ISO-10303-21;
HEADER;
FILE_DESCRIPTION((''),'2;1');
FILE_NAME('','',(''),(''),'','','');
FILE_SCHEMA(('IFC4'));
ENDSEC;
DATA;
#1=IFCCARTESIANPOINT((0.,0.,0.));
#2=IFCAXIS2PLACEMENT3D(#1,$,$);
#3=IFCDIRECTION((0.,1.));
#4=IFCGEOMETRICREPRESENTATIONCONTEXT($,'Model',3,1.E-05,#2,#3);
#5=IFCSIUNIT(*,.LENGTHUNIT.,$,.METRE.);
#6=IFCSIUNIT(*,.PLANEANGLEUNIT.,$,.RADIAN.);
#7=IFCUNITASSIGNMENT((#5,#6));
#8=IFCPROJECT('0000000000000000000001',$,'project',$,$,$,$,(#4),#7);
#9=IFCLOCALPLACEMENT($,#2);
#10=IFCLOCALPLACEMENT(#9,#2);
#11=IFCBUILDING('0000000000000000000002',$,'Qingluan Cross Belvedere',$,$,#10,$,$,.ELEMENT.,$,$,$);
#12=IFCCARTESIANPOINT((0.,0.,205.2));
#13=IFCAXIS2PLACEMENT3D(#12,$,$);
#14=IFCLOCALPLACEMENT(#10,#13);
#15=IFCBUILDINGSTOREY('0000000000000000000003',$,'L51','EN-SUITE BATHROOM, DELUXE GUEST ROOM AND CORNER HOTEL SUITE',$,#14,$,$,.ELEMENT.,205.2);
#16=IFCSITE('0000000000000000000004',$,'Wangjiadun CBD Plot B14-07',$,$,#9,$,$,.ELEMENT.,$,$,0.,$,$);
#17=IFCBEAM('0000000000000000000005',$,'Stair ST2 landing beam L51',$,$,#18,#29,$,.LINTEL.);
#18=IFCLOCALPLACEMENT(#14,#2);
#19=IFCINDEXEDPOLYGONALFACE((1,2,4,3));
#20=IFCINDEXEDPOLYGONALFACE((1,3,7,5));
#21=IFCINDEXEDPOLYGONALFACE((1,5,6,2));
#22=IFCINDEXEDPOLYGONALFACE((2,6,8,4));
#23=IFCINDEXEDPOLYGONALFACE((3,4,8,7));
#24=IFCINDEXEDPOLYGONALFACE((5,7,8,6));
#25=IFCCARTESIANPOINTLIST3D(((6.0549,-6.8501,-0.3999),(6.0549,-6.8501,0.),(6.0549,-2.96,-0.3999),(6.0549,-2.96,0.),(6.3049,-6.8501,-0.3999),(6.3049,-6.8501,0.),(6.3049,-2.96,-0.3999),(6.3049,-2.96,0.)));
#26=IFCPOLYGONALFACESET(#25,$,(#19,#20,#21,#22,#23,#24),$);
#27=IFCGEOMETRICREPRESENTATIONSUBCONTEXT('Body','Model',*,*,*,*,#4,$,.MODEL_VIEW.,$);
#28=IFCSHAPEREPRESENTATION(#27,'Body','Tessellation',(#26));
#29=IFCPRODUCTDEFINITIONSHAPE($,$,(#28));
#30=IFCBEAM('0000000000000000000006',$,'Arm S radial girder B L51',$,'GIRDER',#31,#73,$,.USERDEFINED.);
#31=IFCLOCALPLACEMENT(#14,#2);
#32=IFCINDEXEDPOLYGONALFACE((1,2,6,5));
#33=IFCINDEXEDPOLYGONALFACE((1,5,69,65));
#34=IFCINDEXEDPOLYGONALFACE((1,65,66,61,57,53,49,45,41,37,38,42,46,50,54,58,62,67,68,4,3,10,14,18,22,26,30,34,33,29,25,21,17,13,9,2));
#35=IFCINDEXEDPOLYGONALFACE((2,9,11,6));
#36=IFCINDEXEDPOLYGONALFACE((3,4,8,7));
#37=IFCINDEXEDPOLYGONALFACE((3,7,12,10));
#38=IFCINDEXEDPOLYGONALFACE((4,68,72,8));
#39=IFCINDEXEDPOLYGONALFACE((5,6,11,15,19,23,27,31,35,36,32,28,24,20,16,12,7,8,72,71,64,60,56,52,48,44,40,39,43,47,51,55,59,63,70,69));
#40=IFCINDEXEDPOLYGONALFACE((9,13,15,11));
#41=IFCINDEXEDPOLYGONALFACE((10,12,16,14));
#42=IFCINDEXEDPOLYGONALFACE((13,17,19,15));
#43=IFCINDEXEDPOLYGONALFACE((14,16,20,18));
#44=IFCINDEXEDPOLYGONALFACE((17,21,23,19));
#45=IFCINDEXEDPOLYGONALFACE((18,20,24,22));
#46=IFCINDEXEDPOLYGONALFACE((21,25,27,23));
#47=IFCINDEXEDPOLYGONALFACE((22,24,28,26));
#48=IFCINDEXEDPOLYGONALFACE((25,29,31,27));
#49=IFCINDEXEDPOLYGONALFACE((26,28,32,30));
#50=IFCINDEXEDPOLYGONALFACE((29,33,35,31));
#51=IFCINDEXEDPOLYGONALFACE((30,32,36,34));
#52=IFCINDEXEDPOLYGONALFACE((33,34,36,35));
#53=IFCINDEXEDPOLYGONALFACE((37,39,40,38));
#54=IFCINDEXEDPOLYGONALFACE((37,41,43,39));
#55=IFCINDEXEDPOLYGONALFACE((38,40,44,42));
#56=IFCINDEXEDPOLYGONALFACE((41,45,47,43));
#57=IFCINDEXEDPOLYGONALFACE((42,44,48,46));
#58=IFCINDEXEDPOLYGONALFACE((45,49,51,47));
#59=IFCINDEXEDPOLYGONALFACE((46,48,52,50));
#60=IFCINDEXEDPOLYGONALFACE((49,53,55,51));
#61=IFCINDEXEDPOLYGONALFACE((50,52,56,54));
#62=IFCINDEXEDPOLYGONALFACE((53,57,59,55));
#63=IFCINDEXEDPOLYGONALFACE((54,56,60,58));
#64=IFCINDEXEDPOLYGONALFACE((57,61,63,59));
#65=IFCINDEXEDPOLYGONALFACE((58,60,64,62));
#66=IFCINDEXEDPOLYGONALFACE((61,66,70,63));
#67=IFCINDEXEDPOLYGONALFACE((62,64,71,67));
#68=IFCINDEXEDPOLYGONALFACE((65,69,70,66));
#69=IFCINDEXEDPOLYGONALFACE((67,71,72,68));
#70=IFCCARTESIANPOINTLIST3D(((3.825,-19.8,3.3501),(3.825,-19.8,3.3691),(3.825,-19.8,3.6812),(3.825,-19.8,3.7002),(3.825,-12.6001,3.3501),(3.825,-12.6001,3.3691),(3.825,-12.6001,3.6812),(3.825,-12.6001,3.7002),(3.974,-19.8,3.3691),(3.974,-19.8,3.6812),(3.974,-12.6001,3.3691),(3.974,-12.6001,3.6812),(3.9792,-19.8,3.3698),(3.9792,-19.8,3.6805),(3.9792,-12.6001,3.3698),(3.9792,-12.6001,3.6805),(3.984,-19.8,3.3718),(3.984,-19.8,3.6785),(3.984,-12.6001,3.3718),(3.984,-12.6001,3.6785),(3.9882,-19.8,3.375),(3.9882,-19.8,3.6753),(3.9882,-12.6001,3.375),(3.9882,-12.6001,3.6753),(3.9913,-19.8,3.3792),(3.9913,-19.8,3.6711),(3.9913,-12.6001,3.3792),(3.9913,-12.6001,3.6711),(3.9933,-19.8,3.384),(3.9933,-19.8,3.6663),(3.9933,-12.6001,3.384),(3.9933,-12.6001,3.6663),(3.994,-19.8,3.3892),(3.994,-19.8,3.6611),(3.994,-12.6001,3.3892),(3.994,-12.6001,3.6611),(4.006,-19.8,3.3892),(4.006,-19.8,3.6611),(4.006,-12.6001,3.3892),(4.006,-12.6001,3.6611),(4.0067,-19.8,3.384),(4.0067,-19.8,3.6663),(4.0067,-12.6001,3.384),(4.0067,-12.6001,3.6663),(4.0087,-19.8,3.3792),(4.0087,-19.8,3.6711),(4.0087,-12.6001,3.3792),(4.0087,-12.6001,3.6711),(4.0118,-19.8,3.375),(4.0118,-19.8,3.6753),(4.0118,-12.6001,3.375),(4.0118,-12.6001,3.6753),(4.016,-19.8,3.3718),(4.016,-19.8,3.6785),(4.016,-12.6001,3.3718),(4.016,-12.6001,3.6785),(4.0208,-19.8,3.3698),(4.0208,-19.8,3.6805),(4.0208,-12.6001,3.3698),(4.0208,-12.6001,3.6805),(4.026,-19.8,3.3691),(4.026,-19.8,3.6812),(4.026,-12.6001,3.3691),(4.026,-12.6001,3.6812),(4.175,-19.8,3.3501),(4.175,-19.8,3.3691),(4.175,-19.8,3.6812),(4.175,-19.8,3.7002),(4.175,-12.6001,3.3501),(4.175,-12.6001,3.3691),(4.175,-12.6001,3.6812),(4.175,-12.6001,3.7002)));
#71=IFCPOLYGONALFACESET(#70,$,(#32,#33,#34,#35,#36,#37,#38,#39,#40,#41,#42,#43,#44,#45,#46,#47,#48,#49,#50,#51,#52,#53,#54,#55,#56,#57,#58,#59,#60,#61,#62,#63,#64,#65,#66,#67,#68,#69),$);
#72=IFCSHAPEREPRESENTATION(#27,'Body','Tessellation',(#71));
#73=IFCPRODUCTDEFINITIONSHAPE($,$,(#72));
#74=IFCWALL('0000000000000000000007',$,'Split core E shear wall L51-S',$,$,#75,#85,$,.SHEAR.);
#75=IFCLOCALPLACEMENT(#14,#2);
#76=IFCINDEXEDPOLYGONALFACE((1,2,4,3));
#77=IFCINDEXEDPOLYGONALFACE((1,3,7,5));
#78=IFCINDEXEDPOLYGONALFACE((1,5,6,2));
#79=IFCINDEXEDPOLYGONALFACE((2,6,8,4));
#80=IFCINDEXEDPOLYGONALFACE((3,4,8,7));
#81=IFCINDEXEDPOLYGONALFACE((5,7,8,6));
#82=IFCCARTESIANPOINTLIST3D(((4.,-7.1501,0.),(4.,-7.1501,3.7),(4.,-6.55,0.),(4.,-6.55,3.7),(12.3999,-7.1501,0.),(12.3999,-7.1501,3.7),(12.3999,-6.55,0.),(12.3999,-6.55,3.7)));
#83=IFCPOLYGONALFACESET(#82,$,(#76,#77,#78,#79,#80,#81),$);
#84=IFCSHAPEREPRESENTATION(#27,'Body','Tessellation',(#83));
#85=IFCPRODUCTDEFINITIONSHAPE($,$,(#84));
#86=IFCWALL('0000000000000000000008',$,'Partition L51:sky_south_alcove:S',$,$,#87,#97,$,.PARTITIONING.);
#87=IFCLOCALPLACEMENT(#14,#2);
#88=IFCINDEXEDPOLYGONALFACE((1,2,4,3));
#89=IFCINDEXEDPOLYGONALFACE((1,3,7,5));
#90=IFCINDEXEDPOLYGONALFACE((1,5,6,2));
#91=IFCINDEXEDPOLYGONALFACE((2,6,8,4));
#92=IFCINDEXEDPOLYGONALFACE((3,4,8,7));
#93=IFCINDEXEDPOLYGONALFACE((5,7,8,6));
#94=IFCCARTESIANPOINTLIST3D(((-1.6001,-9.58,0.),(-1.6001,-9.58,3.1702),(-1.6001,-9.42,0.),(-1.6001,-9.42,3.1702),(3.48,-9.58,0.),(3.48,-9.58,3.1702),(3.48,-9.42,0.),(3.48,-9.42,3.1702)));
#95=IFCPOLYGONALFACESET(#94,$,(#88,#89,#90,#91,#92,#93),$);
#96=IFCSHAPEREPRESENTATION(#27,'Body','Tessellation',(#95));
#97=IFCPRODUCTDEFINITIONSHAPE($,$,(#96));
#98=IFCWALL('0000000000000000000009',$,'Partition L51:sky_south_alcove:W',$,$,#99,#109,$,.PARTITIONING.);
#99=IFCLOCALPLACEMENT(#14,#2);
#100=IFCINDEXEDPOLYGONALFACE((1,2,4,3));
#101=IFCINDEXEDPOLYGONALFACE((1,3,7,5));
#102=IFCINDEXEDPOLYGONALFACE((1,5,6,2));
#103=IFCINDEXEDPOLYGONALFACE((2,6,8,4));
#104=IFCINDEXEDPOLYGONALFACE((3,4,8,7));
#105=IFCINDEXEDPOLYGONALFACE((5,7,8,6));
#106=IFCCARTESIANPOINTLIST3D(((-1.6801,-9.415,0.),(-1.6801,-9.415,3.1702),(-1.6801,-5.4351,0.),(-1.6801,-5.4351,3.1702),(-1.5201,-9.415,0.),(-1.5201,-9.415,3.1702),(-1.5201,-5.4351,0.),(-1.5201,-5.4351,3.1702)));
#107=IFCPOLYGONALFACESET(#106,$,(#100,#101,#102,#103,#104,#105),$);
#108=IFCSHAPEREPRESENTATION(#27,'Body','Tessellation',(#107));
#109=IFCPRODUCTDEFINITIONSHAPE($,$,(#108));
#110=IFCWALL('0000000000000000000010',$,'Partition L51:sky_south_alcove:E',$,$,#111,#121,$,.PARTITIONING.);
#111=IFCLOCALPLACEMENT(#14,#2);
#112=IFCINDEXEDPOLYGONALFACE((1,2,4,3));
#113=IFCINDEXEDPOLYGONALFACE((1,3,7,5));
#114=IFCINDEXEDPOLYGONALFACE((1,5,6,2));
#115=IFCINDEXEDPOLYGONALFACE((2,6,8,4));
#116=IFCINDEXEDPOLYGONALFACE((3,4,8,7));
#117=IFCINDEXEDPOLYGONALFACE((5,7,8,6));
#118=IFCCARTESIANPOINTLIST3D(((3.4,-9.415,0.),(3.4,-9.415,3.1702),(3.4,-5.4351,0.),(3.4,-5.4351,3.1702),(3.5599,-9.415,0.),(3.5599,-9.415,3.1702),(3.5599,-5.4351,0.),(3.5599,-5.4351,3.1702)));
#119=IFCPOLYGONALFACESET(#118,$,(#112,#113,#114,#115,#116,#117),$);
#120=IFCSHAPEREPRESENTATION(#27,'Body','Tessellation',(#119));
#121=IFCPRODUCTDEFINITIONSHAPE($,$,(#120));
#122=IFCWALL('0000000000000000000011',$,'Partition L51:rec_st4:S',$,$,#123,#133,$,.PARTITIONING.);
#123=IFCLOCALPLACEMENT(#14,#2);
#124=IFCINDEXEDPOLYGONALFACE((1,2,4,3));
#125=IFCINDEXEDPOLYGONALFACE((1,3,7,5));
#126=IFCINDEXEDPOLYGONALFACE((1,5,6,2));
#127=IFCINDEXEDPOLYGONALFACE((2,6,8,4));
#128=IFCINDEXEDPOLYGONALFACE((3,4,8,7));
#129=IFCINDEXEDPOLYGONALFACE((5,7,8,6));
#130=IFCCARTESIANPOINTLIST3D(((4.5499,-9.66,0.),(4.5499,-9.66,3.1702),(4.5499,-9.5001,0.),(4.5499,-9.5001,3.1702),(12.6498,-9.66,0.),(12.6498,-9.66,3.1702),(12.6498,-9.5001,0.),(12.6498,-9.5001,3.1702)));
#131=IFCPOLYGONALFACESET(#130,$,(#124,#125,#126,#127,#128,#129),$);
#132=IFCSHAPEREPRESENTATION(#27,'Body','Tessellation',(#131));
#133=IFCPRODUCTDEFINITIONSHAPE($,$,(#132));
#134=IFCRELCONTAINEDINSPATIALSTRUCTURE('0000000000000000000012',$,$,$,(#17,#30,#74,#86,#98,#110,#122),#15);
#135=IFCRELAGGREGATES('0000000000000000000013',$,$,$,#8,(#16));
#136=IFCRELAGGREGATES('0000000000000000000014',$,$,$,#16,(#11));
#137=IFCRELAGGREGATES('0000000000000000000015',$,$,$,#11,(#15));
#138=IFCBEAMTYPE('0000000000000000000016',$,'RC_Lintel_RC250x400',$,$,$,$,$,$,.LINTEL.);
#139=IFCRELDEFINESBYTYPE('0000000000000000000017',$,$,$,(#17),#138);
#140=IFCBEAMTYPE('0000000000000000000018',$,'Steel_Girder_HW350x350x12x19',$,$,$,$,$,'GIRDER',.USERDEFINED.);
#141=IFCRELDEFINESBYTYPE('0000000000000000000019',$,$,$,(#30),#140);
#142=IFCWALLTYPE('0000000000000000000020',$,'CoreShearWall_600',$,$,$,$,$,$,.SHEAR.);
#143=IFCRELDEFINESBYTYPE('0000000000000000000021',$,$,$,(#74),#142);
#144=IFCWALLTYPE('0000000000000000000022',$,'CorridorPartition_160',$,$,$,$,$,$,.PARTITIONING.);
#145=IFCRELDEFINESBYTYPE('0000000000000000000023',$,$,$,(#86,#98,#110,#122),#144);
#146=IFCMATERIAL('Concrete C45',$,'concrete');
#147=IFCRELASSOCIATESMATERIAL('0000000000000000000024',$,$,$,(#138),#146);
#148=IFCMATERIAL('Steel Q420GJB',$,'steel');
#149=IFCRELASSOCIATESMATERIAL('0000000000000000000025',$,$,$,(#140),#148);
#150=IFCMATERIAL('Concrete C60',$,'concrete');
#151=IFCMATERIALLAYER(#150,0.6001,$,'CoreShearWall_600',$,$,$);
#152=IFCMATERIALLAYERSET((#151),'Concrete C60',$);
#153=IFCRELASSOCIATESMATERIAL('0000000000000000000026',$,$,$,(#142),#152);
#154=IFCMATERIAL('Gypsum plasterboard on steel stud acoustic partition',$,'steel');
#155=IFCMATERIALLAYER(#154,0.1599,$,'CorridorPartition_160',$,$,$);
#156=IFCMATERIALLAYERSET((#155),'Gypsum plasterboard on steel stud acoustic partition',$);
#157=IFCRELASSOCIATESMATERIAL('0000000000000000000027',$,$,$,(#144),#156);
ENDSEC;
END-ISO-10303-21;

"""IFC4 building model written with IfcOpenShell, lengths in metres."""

from ifc_helpers import new_model, si_unit, direction, frame, frame_2d, origin, origin_2d, place, context, subcontext, project, spatial, rectangle, i_section, extrude, material, layer, layer_set, material_profile, profile_set, type_object, element, save


model = new_model("IFC4")

# Units and contexts
model_context = context("Model", 3, precision=1e-05, world=origin(), true_north=direction((0.0, 1.0)))
body_context = subcontext(model_context, "Body", "Model", "MODEL_VIEW")
ifc_project = project(units=[si_unit("LENGTHUNIT", "METRE"), si_unit("PLANEANGLEUNIT", "RADIAN")], contexts=[model_context])

# Site, building, storey
site_placement = place(None, origin())
site = spatial("IfcSite", under=ifc_project, at=site_placement, Name="Wangjiadun CBD Plot B14-07", CompositionType="ELEMENT", RefElevation=0.0)
building_placement = place(site_placement, origin())
building = spatial("IfcBuilding", under=site, at=building_placement, Name="Qingluan Cross Belvedere", CompositionType="ELEMENT")
storey_placement = place(building_placement, frame((0.0, 0.0, 205.2)))
storey = spatial("IfcBuildingStorey", under=building, at=storey_placement, Name="L51", Description="EN-SUITE BATHROOM, DELUXE GUEST ROOM AND CORNER HOTEL SUITE", CompositionType="ELEMENT", Elevation=205.2)

# Beams
ifc_material_1 = material(Name="Concrete C45", Category="concrete")
ifc_material_profile_1 = material_profile(ifc_material_1, rectangle(XDim=0.25, YDim=0.3999, at=origin_2d()), Name="RC250x400")
ifc_profile_set_1 = profile_set([ifc_material_profile_1], Name="Concrete C45")
beam_type_1 = type_object("IfcBeamType", Name="RC_Lintel_RC250x400", PredefinedType="LINTEL", material=ifc_profile_set_1)
beam_1_placement = place(storey_placement, frame((6.1799, -6.8501, -0.2), z_axis=(0.0, 1.0, 0.0), x_axis=(-1.0, 0.0, 0.0)))
element("IfcBeam", 1, at=beam_1_placement, inside=storey, type_object=beam_type_1, Name="Stair ST2 landing beam L51", PredefinedType="LINTEL", context=body_context, shape_type="SweptSolid", body=[
    extrude(rectangle(XDim=0.25, YDim=0.3999, at=origin_2d()), origin(), (0.0, 0.0, 1.0), 3.8901),
])
ifc_material_2 = material(Name="Steel Q420GJB", Category="steel")
ifc_material_profile_2 = material_profile(ifc_material_2, i_section(OverallWidth=0.3501, OverallDepth=0.3501, WebThickness=0.012, FlangeThickness=0.019, FilletRadius=0.02, at=origin_2d()), Name="HW350x350x12x19")
ifc_profile_set_2 = profile_set([ifc_material_profile_2], Name="Steel Q420GJB")
beam_type_2 = type_object("IfcBeamType", Name="Steel_Girder_HW350x350x12x19", ElementType="GIRDER", PredefinedType="USERDEFINED", material=ifc_profile_set_2)
beam_2_placement = place(storey_placement, frame((4.0, -12.6001, 3.5251), z_axis=(0.0, -1.0, 0.0), x_axis=(1.0, 0.0, 0.0)))
element("IfcBeam", 2, at=beam_2_placement, inside=storey, type_object=beam_type_2, Name="Arm S radial girder B L51", ObjectType="GIRDER", PredefinedType="USERDEFINED", context=body_context, shape_type="SweptSolid", body=[
    extrude(i_section(OverallWidth=0.3501, OverallDepth=0.3501, WebThickness=0.012, FlangeThickness=0.019, FilletRadius=0.02, at=origin_2d()), origin(), (0.0, 0.0, 1.0), 7.2),
])

# Wall
ifc_material_3 = material(Name="Concrete C60", Category="concrete")
ifc_layer_1 = layer(ifc_material_3, 0.6001, Name="CoreShearWall_600")
ifc_layer_set_1 = layer_set([ifc_layer_1], Name="Concrete C60")
wall_type_1 = type_object("IfcWallType", Name="CoreShearWall_600", PredefinedType="SHEAR", material=ifc_layer_set_1)
wall_1_placement = place(storey_placement, frame((4.0, -6.8501, 0.0), z_axis=(0.0, 0.0, 1.0), x_axis=(1.0, 0.0, 0.0)))
element("IfcWall", 3, at=wall_1_placement, inside=storey, type_object=wall_type_1, Name="Split core E shear wall L51-S", PredefinedType="SHEAR", context=body_context, shape_type="SweptSolid", body=[
    extrude(rectangle(XDim=8.3999, YDim=0.6001, at=frame_2d((4.2, 0.0))), origin(), (0.0, 0.0, 1.0), 3.7),
])

# Shared definitions
ifc_material_4 = material(Name="Gypsum plasterboard on steel stud acoustic partition", Category="steel")
ifc_layer_2 = layer(ifc_material_4, 0.1599, Name="CorridorPartition_160")
ifc_layer_set_2 = layer_set([ifc_layer_2], Name="Gypsum plasterboard on steel stud acoustic partition")
wall_type_2 = type_object("IfcWallType", Name="CorridorPartition_160", PredefinedType="PARTITIONING", material=ifc_layer_set_2)

# Walls
wall_2_placement = place(storey_placement, frame((-1.6001, -9.5, 0.0), z_axis=(0.0, 0.0, 1.0), x_axis=(1.0, 0.0, 0.0)))
element("IfcWall", 4, at=wall_2_placement, inside=storey, type_object=wall_type_2, Name="Partition L51:sky_south_alcove:S", PredefinedType="PARTITIONING", context=body_context, shape_type="SweptSolid", body=[
    extrude(rectangle(XDim=5.0801, YDim=0.1599, at=frame_2d((2.54, 0.0))), origin(), (0.0, 0.0, 1.0), 3.1702),
])
for number, where, z_axis, x_axis, name in (
    (5, (-1.6001, -9.415, 0.0), (0.0, 0.0, 1.0), (0.0, 1.0, 0.0), "Partition L51:sky_south_alcove:W"),
    (6, (3.48, -9.415, 0.0), (0.0, 0.0, 1.0), (0.0, 1.0, 0.0), "Partition L51:sky_south_alcove:E"),
):
    element("IfcWall", number, at=place(storey_placement, frame(where, z_axis=z_axis, x_axis=x_axis)), inside=storey, type_object=wall_type_2, Name=name, PredefinedType="PARTITIONING", context=body_context, shape_type="SweptSolid", body=[
        extrude(rectangle(XDim=3.98, YDim=0.1599, at=frame_2d((1.99, 0.0))), origin(), (0.0, 0.0, 1.0), 3.1702),
    ])
wall_3_placement = place(storey_placement, frame((4.55, -9.5801, 0.0), z_axis=(0.0, 0.0, 1.0), x_axis=(1.0, 0.0, 0.0)))
element("IfcWall", 7, at=wall_3_placement, inside=storey, type_object=wall_type_2, Name="Partition L51:rec_st4:S", PredefinedType="PARTITIONING", context=body_context, shape_type="SweptSolid", body=[
    extrude(rectangle(XDim=8.0999, YDim=0.1599, at=frame_2d((4.0498, 0.0))), origin(), (0.0, 0.0, 1.0), 3.1702),
])

save(model, "model.ifc")
